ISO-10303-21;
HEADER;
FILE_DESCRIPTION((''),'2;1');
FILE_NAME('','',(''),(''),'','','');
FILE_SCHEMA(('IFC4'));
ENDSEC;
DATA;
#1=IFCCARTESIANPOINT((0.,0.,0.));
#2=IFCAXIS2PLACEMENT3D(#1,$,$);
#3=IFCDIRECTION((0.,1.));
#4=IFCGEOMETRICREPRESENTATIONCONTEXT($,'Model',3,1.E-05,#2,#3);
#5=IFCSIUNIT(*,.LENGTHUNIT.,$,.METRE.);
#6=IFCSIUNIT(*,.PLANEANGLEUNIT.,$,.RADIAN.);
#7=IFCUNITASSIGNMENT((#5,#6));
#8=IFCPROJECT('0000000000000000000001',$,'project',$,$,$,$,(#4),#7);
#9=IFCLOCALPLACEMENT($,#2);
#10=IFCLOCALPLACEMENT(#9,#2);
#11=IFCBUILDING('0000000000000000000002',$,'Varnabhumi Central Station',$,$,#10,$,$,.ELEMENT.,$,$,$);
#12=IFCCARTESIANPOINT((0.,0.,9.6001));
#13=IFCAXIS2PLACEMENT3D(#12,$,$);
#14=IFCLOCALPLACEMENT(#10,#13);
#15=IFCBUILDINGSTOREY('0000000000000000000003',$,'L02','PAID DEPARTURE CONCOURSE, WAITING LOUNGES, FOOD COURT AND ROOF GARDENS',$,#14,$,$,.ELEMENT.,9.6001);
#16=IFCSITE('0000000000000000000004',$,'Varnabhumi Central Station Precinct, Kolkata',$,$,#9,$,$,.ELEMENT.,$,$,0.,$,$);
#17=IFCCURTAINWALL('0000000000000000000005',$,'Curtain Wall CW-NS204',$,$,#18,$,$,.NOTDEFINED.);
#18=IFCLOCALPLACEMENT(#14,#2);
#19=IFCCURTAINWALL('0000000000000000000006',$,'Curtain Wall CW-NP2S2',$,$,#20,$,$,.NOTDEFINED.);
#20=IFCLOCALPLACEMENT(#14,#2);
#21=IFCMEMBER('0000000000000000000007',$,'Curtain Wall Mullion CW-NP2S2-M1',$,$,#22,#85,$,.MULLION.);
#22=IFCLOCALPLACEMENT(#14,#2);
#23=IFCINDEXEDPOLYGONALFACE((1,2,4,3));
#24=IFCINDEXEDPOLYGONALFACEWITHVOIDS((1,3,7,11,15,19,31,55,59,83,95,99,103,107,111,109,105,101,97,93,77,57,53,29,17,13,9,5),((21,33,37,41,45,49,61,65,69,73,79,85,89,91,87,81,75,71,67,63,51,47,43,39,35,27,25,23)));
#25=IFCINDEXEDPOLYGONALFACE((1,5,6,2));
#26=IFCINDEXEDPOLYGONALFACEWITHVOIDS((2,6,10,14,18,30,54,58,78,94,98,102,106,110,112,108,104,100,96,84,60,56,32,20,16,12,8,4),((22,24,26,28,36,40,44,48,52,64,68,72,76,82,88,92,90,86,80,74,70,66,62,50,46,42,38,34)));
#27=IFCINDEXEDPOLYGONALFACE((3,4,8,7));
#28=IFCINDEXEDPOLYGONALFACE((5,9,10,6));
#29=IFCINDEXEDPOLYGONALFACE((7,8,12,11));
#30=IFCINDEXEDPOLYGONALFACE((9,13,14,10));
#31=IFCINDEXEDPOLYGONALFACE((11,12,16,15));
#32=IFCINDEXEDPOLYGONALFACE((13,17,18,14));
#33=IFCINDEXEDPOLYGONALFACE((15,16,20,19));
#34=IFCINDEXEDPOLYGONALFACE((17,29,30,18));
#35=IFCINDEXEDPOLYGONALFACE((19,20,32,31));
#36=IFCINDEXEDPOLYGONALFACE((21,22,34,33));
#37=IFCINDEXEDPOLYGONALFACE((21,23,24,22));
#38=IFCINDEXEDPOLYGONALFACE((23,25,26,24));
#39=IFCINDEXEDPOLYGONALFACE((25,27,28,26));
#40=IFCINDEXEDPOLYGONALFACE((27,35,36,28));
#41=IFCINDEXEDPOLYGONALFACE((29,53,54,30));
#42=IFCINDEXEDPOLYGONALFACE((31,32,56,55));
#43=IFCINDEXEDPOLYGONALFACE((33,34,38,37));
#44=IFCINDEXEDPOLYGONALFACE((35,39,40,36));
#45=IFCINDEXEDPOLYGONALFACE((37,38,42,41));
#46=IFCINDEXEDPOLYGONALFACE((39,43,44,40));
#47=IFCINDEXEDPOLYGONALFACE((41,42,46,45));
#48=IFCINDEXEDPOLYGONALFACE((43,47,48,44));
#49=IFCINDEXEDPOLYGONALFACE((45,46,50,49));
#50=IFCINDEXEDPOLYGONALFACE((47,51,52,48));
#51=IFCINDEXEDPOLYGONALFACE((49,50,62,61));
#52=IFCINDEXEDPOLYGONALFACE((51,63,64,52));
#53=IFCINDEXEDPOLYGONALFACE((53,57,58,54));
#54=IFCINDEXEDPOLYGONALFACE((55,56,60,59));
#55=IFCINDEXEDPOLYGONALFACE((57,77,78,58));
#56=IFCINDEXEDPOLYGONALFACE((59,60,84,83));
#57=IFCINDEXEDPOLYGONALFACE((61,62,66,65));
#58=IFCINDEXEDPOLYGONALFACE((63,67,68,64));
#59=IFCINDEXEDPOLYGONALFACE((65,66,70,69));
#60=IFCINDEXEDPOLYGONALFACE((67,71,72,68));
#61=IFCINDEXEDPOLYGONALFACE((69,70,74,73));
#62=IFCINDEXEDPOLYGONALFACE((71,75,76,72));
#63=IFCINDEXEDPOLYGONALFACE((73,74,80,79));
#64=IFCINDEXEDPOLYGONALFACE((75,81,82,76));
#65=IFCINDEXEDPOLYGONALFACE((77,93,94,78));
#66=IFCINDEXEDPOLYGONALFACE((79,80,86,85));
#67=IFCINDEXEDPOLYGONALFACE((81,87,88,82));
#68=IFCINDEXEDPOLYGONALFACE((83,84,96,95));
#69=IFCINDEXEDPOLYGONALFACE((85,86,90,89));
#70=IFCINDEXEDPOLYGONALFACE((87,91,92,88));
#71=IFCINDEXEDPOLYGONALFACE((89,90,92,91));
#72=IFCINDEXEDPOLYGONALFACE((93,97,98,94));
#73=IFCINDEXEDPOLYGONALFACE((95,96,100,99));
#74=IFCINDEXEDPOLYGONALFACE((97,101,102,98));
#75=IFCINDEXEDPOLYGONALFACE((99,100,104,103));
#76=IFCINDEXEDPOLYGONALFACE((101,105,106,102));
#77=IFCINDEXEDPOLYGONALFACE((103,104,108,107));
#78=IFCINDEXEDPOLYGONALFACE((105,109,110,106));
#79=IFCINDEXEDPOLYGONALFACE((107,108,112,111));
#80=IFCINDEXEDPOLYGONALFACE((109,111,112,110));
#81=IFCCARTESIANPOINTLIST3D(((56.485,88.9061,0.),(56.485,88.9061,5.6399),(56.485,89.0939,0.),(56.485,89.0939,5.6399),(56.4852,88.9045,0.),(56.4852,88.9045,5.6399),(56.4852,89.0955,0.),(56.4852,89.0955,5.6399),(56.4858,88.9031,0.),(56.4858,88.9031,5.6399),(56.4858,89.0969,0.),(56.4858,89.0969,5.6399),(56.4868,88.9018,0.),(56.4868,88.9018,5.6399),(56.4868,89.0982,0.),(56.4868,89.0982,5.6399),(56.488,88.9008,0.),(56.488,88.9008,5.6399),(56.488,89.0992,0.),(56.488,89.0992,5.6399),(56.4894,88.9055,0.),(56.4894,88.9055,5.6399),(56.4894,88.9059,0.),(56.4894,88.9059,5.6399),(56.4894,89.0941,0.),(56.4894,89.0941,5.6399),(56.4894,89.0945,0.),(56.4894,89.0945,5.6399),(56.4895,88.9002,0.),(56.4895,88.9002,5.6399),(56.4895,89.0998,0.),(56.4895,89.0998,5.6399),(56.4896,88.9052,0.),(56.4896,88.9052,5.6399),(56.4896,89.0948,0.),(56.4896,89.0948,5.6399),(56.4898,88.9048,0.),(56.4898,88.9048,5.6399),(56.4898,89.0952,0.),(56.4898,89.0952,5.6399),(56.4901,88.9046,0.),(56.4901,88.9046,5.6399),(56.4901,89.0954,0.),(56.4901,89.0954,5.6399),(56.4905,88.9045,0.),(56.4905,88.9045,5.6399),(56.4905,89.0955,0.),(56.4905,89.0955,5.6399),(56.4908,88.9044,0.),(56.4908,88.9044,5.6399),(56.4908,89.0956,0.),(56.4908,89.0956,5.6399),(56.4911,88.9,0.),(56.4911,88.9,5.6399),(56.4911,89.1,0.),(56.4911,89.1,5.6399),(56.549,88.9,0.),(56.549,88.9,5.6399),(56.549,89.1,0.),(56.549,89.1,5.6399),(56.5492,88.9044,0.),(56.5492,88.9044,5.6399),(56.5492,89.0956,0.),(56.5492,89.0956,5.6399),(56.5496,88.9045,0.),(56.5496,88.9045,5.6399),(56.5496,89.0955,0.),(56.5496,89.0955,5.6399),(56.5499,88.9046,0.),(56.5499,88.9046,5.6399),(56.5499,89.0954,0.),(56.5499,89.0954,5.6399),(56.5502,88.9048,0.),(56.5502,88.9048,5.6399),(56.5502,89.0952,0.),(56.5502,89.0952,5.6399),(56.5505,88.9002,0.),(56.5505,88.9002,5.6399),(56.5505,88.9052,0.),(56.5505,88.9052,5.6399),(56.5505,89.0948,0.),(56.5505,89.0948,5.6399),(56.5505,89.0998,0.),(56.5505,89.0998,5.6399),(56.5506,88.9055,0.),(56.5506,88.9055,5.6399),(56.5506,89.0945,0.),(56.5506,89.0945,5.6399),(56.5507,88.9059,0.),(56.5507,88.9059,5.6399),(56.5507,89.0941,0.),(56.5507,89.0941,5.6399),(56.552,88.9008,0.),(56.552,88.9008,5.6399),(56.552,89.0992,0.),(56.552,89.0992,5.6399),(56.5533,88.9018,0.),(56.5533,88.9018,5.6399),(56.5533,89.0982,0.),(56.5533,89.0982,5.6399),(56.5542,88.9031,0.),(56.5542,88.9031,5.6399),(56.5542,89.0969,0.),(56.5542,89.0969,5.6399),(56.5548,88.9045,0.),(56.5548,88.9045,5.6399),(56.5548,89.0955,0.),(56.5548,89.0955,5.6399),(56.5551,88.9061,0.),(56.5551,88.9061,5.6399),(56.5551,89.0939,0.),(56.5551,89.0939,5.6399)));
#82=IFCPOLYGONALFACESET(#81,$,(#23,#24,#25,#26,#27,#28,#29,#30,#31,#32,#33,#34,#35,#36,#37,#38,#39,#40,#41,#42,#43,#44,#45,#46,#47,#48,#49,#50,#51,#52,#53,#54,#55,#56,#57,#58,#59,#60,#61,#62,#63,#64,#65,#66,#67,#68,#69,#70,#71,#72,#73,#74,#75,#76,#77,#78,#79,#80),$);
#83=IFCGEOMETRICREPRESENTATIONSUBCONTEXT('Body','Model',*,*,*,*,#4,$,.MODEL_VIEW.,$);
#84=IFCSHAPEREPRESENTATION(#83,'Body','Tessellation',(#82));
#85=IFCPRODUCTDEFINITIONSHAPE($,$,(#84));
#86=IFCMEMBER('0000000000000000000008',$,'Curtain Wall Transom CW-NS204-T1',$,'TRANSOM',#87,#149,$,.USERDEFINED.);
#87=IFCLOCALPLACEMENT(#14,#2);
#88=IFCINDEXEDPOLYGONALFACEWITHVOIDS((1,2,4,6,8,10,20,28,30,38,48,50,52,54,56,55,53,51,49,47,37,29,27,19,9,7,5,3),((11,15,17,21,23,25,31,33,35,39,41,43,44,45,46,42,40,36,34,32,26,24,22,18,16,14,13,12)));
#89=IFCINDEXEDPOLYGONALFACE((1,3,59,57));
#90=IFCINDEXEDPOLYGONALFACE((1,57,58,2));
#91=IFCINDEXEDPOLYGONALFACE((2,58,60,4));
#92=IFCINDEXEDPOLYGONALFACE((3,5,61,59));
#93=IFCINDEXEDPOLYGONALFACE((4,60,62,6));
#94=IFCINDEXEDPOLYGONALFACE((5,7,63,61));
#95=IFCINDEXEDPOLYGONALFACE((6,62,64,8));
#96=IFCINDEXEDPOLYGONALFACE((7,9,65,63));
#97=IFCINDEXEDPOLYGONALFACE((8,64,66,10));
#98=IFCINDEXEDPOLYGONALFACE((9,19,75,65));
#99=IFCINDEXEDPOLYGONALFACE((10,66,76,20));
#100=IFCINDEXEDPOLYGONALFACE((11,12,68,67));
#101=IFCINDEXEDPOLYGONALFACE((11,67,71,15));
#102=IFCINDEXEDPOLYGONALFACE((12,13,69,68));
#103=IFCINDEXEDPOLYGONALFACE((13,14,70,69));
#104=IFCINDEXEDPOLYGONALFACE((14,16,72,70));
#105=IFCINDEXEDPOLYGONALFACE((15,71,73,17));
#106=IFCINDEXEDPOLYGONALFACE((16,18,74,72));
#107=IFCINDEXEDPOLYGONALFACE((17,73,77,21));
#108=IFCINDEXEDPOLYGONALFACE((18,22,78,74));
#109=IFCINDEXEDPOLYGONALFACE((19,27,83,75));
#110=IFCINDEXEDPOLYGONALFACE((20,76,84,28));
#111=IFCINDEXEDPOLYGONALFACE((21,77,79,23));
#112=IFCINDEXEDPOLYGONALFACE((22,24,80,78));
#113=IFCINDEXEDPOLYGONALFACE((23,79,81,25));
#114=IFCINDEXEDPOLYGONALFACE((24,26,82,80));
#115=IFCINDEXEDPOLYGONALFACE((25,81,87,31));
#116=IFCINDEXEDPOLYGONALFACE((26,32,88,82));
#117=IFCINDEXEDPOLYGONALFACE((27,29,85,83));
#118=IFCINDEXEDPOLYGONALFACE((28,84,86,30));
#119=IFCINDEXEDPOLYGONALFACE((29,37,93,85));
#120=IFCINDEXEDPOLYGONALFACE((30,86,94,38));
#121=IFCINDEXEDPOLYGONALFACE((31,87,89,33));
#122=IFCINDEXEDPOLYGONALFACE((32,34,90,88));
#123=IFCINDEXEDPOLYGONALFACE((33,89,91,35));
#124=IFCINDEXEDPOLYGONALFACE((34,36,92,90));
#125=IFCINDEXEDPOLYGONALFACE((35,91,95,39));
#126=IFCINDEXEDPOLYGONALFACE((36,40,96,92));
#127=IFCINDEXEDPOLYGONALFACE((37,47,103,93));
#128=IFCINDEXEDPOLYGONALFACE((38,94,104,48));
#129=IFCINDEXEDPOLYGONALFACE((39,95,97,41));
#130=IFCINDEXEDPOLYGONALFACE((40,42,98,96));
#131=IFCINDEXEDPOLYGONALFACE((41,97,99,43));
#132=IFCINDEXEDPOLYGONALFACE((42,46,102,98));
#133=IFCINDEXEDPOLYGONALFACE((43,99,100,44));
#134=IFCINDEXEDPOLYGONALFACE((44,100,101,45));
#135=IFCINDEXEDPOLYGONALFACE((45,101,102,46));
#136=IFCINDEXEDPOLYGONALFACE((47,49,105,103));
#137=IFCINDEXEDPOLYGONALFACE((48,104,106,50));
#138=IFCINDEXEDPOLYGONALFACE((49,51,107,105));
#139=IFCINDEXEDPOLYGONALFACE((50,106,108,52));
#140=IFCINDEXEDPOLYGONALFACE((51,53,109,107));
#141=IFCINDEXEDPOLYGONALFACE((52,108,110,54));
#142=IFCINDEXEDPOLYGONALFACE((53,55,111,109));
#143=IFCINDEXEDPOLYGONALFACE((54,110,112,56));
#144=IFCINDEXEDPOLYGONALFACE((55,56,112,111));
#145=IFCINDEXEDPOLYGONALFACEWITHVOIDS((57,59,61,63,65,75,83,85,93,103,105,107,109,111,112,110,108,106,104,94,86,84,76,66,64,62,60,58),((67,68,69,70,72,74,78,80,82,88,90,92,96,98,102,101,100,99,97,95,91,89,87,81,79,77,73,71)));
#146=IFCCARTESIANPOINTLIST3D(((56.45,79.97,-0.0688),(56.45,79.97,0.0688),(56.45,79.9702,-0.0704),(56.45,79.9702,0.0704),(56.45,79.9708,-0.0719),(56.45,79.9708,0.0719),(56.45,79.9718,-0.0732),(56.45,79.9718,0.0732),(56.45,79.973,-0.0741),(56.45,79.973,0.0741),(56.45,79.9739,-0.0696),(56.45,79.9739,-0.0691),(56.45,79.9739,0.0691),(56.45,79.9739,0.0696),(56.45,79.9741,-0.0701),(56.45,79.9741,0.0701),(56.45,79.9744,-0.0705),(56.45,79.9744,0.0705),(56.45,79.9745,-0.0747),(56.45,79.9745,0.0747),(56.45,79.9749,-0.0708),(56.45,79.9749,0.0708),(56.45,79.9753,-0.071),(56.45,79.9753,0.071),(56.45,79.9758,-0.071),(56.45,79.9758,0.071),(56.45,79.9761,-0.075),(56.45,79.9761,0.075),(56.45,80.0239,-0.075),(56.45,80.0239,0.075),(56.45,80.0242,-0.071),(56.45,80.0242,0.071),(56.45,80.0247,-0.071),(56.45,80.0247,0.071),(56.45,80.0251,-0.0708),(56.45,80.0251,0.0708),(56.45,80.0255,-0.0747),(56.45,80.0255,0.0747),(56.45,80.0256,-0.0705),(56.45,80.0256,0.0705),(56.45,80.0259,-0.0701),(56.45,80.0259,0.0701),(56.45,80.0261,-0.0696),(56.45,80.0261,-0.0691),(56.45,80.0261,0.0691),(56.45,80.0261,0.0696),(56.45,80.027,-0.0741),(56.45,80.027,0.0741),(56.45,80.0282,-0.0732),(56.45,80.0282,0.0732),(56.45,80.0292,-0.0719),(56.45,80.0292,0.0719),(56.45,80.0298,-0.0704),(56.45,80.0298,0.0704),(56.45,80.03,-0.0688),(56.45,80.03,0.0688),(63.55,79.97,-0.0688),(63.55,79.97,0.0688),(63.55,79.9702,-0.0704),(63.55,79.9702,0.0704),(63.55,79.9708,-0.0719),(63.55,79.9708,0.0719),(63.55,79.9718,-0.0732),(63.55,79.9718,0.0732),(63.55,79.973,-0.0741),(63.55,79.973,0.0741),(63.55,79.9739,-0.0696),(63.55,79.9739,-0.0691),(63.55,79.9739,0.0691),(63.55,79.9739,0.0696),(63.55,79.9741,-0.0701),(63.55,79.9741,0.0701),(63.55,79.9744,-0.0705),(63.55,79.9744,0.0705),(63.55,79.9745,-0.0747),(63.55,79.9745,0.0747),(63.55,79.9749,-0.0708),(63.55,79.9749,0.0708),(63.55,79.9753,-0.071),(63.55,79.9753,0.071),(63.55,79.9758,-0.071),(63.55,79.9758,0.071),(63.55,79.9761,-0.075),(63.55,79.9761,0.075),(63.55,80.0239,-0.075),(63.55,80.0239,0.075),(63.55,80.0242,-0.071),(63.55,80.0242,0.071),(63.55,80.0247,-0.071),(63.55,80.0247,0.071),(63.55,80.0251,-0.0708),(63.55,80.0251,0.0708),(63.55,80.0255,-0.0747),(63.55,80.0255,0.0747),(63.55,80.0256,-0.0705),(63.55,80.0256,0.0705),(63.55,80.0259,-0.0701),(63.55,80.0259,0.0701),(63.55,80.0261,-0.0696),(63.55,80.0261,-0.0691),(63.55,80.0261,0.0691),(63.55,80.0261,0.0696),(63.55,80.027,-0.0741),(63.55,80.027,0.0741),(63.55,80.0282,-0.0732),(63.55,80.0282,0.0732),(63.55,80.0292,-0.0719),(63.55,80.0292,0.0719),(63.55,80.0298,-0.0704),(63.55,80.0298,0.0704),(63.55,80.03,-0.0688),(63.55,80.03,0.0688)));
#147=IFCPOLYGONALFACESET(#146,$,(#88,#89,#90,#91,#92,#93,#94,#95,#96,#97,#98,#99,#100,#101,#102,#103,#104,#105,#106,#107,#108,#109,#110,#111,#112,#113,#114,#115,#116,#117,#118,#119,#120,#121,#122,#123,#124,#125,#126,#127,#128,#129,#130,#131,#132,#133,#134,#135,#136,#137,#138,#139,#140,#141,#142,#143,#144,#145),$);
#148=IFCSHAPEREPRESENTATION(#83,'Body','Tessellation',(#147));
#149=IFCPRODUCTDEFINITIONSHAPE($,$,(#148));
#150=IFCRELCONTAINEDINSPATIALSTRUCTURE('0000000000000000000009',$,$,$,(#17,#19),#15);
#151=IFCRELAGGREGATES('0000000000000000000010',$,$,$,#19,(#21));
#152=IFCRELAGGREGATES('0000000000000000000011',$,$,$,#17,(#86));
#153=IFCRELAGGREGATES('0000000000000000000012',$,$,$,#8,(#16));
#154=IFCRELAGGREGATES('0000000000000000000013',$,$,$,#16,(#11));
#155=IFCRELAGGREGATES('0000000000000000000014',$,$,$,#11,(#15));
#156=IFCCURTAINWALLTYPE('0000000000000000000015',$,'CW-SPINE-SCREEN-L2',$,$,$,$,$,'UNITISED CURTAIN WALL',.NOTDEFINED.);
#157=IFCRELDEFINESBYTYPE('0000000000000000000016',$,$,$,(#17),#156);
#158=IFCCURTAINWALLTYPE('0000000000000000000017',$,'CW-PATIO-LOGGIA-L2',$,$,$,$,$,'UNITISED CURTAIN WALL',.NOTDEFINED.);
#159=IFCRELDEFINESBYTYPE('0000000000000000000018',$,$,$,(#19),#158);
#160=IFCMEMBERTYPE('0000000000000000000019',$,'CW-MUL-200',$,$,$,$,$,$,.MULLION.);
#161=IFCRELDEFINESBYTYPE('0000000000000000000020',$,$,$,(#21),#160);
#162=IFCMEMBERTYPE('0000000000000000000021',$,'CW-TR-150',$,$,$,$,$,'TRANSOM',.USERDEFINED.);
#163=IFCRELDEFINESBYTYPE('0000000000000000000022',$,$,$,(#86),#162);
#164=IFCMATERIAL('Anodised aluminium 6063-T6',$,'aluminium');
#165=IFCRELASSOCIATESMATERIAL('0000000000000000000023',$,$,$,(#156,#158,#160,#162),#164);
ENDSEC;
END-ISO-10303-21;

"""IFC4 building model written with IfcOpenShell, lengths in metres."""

from ifc_helpers import new_model, si_unit, direction, frame, origin, origin_2d, place, context, subcontext, project, spatial, hollow_rectangle, extrude, material, material_profile, profile_set, type_object, element, aggregate, save


model = new_model("IFC4")

# Units and contexts
model_context = context("Model", 3, precision=1e-05, world=origin(), true_north=direction((0.0, 1.0)))
body_context = subcontext(model_context, "Body", "Model", "MODEL_VIEW")
ifc_project = project(units=[si_unit("LENGTHUNIT", "METRE"), si_unit("PLANEANGLEUNIT", "RADIAN")], contexts=[model_context])

# Site, building, storey
site_placement = place(None, origin())
site = spatial("IfcSite", under=ifc_project, at=site_placement, Name="Varnabhumi Central Station Precinct, Kolkata", CompositionType="ELEMENT", RefElevation=0.0)
building_placement = place(site_placement, origin())
building = spatial("IfcBuilding", under=site, at=building_placement, Name="Varnabhumi Central Station", CompositionType="ELEMENT")
storey_placement = place(building_placement, frame((0.0, 0.0, 9.6001)))
storey = spatial("IfcBuildingStorey", under=building, at=storey_placement, Name="L02", Description="PAID DEPARTURE CONCOURSE, WAITING LOUNGES, FOOD COURT AND ROOF GARDENS", CompositionType="ELEMENT", Elevation=9.6001)

# Curtain wall
ifc_material_1 = material(Name="Anodised aluminium 6063-T6", Category="aluminium")
curtain_wall_type_1 = type_object("IfcCurtainWallType", Name="CW-SPINE-SCREEN-L2", ElementType="UNITISED CURTAIN WALL", PredefinedType="NOTDEFINED", material=ifc_material_1)
curtain_wall_1_placement = place(storey_placement, origin())
curtain_wall_1 = element("IfcCurtainWall", 1, at=curtain_wall_1_placement, inside=storey, type_object=curtain_wall_type_1, Name="Curtain Wall CW-NS204", PredefinedType="NOTDEFINED")

# Curtain wall, member
curtain_wall_type_2 = type_object("IfcCurtainWallType", Name="CW-PATIO-LOGGIA-L2", ElementType="UNITISED CURTAIN WALL", PredefinedType="NOTDEFINED", material=ifc_material_1)
curtain_wall_2_placement = place(storey_placement, origin())
curtain_wall_2 = element("IfcCurtainWall", 2, at=curtain_wall_2_placement, inside=storey, type_object=curtain_wall_type_2, Name="Curtain Wall CW-NP2S2", PredefinedType="NOTDEFINED")
ifc_material_profile_1 = material_profile(ifc_material_1, hollow_rectangle(XDim=0.0701, YDim=0.2, WallThickness=0.0044, InnerFilletRadius=0.0015, OuterFilletRadius=0.0061, at=origin_2d()), Name="Anodised aluminium 6063-T6", Category="aluminium")
ifc_profile_set_1 = profile_set([ifc_material_profile_1], Name="Anodised aluminium 6063-T6")
member_type_1 = type_object("IfcMemberType", Name="CW-MUL-200", PredefinedType="MULLION", material=ifc_profile_set_1)
member_1_placement = place(storey_placement, frame((56.52, 89.0, 0.0), z_axis=(0.0, 0.0, 1.0), x_axis=(1.0, 0.0, 0.0)))
member_1 = element("IfcMember", 3, at=member_1_placement, type_object=member_type_1, Name="Curtain Wall Mullion CW-NP2S2-M1", PredefinedType="MULLION", context=body_context, shape_type="SweptSolid", body=[
    extrude(hollow_rectangle(XDim=0.0701, YDim=0.2, WallThickness=0.0044, InnerFilletRadius=0.0015, OuterFilletRadius=0.0061, at=origin_2d()), origin(), (0.0, 0.0, 1.0), 5.6399),
])

# Member
ifc_material_profile_2 = material_profile(ifc_material_1, hollow_rectangle(XDim=0.0601, YDim=0.1499, WallThickness=0.0039, InnerFilletRadius=0.002, OuterFilletRadius=0.0061, at=origin_2d()), Name="Anodised aluminium 6063-T6", Category="aluminium")
ifc_profile_set_2 = profile_set([ifc_material_profile_2], Name="Anodised aluminium 6063-T6")
member_type_2 = type_object("IfcMemberType", Name="CW-TR-150", ElementType="TRANSOM", PredefinedType="USERDEFINED", material=ifc_profile_set_2)
member_2_placement = place(storey_placement, frame((56.45, 80.0, 0.0), z_axis=(1.0, 0.0, 0.0), x_axis=(0.0, 1.0, 0.0)))
member_2 = element("IfcMember", 4, at=member_2_placement, type_object=member_type_2, Name="Curtain Wall Transom CW-NS204-T1", ObjectType="TRANSOM", PredefinedType="USERDEFINED", context=body_context, shape_type="SweptSolid", body=[
    extrude(hollow_rectangle(XDim=0.0601, YDim=0.1499, WallThickness=0.0039, InnerFilletRadius=0.002, OuterFilletRadius=0.0061, at=origin_2d()), origin(), (0.0, 0.0, 1.0), 7.1001),
])
aggregate(curtain_wall_2, [member_1])

aggregate(curtain_wall_1, [member_2])

save(model, "model.ifc")
